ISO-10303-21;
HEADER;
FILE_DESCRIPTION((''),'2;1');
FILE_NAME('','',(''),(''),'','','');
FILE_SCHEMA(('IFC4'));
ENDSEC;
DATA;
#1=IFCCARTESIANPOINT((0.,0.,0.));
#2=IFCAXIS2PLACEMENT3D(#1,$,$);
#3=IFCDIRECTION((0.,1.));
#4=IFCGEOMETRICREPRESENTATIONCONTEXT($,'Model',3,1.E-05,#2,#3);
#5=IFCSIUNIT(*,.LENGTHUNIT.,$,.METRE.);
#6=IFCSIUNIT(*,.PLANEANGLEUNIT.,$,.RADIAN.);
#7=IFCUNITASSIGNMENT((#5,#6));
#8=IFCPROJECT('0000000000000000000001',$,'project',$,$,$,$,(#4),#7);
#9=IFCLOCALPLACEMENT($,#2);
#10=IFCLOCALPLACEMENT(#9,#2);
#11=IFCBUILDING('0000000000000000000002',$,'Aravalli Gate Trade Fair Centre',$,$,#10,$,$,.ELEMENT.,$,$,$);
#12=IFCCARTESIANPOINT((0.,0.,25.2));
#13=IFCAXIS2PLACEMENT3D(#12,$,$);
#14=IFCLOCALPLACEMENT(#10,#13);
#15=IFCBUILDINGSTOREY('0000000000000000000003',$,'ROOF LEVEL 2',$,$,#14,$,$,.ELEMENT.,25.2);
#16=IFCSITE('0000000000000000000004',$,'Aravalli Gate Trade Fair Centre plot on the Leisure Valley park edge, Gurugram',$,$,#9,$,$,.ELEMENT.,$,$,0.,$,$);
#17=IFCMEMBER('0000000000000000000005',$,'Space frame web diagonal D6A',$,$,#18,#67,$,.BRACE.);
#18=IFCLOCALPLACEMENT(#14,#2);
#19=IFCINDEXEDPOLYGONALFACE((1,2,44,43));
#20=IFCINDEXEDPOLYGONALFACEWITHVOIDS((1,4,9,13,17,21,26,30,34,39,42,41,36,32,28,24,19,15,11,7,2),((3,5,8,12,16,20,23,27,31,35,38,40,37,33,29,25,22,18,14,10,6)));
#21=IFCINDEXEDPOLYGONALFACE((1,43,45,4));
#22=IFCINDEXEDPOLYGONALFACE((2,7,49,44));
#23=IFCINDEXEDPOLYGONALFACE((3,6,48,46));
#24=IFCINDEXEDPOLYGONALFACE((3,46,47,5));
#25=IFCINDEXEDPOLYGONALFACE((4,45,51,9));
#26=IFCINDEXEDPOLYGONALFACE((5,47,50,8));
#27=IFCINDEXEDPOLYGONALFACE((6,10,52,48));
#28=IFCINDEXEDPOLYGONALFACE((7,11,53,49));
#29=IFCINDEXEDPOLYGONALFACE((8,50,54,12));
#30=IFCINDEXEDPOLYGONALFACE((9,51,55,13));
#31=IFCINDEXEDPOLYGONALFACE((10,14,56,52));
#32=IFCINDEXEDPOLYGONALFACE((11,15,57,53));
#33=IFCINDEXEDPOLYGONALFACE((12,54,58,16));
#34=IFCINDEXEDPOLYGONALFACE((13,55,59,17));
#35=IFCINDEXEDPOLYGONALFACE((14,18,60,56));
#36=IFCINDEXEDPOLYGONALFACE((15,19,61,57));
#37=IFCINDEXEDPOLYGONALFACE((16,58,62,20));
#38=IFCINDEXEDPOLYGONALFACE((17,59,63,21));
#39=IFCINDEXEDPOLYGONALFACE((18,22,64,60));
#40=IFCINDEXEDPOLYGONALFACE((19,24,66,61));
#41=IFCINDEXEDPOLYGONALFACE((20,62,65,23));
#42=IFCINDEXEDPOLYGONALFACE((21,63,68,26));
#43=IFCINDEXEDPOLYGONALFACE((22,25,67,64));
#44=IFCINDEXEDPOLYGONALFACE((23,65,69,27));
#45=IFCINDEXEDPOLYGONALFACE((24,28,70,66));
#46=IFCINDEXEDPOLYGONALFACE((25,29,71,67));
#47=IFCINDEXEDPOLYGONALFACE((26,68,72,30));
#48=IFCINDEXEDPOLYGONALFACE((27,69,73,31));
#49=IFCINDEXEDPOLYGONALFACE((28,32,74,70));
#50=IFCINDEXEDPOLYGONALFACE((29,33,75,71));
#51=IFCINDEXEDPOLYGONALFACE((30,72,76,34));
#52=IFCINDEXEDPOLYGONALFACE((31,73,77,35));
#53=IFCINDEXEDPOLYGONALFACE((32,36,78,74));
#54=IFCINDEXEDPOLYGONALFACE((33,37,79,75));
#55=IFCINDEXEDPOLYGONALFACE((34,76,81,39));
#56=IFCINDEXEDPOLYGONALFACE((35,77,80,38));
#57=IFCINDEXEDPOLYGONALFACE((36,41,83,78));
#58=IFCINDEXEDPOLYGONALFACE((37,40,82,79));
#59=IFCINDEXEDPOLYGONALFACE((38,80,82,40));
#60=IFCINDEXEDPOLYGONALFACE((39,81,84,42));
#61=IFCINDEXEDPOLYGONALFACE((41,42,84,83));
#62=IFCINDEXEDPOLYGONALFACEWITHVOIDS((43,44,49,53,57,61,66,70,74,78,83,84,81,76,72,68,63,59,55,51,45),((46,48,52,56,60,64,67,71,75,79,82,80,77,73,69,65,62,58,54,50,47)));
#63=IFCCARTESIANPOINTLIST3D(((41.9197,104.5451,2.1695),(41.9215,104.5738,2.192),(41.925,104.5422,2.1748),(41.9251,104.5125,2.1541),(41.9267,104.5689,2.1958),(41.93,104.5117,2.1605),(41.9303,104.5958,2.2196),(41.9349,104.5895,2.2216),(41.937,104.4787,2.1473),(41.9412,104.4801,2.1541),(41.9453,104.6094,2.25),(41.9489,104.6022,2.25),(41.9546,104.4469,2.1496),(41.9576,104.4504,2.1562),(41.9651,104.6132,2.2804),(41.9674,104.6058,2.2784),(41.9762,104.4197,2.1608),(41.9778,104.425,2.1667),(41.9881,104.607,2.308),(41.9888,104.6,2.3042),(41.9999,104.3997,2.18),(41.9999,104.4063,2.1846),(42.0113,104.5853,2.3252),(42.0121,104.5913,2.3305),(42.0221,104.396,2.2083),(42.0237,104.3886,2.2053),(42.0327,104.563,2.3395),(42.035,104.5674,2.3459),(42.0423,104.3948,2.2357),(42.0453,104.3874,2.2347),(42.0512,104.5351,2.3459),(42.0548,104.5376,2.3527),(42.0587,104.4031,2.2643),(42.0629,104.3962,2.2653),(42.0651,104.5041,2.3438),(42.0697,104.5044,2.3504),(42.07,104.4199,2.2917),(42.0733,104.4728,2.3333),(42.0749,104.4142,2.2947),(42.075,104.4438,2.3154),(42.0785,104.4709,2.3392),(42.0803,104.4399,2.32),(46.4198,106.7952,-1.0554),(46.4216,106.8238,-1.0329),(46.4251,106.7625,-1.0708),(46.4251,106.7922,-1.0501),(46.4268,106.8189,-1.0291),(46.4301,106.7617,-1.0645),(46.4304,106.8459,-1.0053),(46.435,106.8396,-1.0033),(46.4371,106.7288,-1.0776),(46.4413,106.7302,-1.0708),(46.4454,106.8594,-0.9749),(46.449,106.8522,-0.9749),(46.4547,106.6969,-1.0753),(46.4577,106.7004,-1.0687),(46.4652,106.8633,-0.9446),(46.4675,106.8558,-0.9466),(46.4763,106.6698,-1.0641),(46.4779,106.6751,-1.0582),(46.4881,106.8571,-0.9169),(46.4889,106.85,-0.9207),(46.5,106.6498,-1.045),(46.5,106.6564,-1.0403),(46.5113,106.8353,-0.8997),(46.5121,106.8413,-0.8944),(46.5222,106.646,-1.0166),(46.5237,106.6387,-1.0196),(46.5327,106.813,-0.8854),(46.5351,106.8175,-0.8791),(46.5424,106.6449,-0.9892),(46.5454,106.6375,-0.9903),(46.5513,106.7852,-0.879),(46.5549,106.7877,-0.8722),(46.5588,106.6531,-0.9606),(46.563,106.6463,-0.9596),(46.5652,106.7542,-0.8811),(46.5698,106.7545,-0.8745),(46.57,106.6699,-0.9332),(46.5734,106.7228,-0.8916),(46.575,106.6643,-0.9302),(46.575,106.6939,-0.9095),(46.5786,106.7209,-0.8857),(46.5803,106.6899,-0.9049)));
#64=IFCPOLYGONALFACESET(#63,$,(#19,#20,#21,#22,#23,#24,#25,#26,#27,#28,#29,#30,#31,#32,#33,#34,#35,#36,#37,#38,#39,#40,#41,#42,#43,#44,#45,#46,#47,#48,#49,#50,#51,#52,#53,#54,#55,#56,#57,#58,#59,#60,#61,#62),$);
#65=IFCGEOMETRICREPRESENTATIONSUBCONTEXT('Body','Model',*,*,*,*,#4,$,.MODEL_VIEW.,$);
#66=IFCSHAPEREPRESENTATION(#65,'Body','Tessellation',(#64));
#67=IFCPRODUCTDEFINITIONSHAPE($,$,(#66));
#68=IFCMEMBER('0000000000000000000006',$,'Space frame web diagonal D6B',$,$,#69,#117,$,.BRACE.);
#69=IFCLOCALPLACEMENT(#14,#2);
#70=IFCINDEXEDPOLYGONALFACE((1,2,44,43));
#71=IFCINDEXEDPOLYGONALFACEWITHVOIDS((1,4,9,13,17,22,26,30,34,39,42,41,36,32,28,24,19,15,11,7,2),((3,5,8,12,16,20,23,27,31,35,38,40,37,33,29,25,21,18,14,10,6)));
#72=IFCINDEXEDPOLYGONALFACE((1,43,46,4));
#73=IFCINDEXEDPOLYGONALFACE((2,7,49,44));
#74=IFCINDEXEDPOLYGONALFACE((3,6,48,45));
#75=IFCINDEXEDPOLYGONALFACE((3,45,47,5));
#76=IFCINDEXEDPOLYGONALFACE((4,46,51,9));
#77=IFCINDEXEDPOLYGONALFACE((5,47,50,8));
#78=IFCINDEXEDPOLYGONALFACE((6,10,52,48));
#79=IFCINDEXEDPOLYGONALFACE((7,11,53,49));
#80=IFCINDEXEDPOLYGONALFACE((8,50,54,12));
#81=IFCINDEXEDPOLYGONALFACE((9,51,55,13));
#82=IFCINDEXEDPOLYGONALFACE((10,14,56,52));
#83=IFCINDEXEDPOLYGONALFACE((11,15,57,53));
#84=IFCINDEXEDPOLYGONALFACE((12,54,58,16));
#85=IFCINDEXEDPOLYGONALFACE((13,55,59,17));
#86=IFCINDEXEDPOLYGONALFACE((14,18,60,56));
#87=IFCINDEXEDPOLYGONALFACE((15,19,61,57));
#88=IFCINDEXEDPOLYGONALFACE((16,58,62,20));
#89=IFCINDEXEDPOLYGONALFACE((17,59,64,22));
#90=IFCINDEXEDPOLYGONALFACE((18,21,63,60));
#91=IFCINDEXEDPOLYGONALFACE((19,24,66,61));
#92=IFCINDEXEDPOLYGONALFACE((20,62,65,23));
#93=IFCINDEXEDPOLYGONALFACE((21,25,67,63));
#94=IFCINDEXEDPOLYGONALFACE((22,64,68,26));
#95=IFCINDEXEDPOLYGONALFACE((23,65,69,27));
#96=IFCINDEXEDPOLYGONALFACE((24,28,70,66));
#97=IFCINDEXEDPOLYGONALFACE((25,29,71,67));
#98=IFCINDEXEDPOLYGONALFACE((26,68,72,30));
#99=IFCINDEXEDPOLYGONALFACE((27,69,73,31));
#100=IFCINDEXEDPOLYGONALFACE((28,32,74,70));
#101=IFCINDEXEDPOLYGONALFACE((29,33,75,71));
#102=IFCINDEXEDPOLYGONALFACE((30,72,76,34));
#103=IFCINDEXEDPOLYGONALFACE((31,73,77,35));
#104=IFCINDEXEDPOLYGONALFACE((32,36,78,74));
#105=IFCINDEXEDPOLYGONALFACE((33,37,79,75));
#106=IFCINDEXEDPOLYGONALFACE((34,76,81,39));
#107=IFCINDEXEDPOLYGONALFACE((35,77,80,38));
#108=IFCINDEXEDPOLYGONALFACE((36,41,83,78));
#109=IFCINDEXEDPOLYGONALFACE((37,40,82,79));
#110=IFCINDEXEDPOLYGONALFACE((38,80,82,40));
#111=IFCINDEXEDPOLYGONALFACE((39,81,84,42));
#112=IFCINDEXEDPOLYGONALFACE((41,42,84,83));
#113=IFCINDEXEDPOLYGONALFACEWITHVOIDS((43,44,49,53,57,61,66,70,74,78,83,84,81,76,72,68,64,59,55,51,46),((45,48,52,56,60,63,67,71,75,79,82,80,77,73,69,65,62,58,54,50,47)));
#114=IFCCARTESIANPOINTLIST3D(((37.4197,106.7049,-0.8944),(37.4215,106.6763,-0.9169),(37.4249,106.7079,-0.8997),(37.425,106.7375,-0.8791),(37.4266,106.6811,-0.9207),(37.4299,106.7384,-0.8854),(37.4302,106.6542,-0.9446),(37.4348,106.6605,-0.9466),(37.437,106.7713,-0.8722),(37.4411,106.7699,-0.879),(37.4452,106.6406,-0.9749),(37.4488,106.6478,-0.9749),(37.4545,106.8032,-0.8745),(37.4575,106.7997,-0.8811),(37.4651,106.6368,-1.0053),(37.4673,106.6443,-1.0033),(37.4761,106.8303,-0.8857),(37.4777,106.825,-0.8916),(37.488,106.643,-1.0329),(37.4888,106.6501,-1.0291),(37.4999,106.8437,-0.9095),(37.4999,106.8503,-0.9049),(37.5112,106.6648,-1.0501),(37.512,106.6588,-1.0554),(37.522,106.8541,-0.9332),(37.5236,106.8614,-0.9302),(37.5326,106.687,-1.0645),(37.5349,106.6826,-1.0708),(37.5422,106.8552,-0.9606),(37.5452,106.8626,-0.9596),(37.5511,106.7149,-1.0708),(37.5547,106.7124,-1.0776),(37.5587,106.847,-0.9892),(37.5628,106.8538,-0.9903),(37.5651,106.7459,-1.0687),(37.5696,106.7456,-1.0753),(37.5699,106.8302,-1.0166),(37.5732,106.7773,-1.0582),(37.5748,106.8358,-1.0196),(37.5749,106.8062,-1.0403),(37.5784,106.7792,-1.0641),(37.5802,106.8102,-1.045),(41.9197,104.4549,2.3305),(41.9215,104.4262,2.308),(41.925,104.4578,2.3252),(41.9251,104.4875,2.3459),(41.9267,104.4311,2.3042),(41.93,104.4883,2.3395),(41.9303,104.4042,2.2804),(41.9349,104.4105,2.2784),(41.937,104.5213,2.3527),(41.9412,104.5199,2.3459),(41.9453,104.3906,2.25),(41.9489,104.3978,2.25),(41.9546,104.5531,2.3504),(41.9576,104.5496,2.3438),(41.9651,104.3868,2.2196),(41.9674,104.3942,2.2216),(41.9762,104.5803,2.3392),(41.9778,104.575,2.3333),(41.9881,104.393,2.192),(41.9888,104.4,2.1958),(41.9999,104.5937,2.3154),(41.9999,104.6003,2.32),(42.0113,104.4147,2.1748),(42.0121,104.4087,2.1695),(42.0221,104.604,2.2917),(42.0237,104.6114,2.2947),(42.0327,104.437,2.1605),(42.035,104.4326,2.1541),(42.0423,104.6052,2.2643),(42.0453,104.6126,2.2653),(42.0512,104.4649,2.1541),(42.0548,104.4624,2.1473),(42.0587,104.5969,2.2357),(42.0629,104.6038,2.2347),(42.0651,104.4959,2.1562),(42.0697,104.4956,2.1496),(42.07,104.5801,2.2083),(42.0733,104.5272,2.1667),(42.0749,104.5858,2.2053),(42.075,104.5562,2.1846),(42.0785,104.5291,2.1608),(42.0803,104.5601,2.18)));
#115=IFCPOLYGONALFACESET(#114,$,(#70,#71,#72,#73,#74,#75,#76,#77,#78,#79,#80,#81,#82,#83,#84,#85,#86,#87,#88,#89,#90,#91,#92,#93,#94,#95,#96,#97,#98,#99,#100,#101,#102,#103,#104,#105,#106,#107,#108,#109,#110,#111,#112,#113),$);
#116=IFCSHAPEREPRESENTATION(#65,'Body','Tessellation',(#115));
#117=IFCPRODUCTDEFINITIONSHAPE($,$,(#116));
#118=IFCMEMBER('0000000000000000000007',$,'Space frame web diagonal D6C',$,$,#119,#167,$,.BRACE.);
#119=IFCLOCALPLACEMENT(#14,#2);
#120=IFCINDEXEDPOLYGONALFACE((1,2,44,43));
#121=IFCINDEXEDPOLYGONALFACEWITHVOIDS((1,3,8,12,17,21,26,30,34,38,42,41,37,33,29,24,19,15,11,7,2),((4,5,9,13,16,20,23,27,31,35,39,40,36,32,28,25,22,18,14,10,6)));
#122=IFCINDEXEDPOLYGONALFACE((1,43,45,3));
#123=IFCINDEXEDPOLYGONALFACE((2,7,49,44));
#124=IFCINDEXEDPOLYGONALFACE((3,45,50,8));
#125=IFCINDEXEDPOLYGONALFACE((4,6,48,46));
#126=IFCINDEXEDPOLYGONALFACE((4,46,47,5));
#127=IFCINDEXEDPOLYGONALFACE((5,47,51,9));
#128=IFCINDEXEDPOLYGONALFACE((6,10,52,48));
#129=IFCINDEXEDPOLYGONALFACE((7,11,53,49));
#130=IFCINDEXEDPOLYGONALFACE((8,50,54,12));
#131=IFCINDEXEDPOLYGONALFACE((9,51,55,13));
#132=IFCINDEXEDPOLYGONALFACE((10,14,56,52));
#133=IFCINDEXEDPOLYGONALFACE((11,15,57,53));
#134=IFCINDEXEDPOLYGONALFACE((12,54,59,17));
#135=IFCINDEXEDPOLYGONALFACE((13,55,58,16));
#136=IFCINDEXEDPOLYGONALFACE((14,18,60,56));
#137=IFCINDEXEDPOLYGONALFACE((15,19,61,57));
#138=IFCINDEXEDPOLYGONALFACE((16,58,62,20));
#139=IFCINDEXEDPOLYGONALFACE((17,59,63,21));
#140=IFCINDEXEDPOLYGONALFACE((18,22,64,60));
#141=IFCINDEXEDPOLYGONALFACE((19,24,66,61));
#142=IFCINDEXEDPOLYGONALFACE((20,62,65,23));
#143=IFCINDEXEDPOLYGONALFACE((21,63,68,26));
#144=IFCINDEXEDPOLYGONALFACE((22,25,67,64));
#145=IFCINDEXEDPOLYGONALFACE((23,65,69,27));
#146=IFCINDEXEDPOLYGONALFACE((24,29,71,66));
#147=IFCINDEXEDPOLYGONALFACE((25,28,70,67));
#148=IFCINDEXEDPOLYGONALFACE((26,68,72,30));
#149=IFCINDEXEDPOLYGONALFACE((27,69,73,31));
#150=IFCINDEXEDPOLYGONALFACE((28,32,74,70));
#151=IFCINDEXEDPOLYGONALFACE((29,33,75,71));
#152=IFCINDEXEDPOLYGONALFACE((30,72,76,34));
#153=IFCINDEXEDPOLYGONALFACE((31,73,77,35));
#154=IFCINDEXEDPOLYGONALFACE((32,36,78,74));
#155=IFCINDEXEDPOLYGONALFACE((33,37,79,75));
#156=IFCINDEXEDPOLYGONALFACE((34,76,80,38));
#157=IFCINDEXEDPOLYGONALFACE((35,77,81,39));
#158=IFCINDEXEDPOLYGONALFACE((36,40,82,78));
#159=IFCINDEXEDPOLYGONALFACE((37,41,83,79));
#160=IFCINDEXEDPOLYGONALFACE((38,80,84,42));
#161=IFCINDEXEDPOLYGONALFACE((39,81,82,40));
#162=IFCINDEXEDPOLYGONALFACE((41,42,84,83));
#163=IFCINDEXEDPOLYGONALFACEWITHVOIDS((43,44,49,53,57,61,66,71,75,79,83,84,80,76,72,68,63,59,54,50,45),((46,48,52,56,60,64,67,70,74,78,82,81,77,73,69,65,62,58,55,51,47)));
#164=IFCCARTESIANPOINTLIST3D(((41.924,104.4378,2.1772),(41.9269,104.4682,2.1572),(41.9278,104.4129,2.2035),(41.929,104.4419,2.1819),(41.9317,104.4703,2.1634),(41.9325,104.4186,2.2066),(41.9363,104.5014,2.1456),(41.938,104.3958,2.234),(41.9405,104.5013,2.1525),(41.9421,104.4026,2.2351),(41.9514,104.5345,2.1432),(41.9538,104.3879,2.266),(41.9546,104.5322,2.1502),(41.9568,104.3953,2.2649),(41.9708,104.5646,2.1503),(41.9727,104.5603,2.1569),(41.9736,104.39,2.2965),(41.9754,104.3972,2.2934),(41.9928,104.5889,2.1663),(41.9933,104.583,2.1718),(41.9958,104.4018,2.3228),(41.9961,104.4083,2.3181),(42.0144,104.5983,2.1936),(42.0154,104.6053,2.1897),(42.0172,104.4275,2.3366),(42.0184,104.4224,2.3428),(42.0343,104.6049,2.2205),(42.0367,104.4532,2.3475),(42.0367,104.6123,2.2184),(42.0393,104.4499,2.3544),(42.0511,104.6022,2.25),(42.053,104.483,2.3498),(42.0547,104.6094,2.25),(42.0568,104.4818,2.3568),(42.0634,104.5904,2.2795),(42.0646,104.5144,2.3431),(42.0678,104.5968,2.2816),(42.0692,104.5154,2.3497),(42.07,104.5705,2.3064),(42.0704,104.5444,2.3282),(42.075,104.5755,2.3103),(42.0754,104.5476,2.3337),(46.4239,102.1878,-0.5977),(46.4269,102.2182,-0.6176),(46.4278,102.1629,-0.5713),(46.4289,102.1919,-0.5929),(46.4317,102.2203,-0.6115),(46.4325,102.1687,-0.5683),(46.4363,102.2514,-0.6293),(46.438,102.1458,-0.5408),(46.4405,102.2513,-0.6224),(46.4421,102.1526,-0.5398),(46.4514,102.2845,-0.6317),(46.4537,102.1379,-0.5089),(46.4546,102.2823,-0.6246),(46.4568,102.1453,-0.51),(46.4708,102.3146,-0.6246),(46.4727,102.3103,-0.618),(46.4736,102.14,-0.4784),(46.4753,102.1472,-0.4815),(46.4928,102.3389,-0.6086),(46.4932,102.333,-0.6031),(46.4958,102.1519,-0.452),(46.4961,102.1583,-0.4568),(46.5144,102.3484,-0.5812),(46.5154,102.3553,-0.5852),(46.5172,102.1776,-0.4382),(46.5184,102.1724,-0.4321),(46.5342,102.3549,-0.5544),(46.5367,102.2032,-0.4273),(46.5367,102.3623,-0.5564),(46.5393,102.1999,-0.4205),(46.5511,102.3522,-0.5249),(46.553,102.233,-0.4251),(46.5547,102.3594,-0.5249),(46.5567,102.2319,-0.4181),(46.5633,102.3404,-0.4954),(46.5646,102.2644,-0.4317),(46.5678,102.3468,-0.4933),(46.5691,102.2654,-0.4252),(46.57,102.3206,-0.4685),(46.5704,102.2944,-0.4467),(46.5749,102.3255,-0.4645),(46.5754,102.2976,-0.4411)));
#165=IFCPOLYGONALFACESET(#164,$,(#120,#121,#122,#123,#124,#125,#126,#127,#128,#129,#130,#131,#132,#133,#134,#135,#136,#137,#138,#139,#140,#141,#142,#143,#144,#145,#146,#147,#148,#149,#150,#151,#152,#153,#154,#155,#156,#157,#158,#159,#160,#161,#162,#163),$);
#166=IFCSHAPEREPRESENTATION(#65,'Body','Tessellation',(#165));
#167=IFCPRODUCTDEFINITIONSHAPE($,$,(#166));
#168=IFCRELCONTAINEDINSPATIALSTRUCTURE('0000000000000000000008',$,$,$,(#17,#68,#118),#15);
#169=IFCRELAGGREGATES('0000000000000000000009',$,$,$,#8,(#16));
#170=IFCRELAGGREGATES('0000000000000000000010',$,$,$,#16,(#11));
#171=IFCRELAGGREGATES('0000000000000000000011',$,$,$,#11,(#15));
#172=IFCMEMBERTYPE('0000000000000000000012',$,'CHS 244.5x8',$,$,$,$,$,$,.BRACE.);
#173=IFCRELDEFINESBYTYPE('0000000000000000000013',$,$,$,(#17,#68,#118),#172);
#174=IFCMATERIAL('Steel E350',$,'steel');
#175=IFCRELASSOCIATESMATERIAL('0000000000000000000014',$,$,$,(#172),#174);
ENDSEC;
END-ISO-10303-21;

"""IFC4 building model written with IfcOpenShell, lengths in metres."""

from ifc_helpers import new_model, si_unit, direction, frame, origin, origin_2d, place, context, subcontext, project, spatial, hollow_circle, extrude, material, material_profile, profile_set, type_object, element, save


model = new_model("IFC4")

# Units and contexts
model_context = context("Model", 3, precision=1e-05, world=origin(), true_north=direction((0.0, 1.0)))
body_context = subcontext(model_context, "Body", "Model", "MODEL_VIEW")
ifc_project = project(units=[si_unit("LENGTHUNIT", "METRE"), si_unit("PLANEANGLEUNIT", "RADIAN")], contexts=[model_context])

# Site, building, storey
site_placement = place(None, origin())
site = spatial("IfcSite", under=ifc_project, at=site_placement, Name="Aravalli Gate Trade Fair Centre plot on the Leisure Valley park edge, Gurugram", CompositionType="ELEMENT", RefElevation=0.0)
building_placement = place(site_placement, origin())
building = spatial("IfcBuilding", under=site, at=building_placement, Name="Aravalli Gate Trade Fair Centre", CompositionType="ELEMENT")
storey_placement = place(building_placement, frame((0.0, 0.0, 25.2)))
storey = spatial("IfcBuildingStorey", under=building, at=storey_placement, Name="ROOF LEVEL 2", CompositionType="ELEMENT", Elevation=25.2)

# Members
ifc_material_1 = material(Name="Steel E350", Category="steel")
ifc_material_profile_1 = material_profile(ifc_material_1, hollow_circle(Radius=0.1223, WallThickness=0.0081, at=origin_2d()), Name="CHS 244.5x8")
ifc_profile_set_1 = profile_set([ifc_material_profile_1], Name="Steel E350")
member_type_1 = type_object("IfcMemberType", Name="CHS 244.5x8", PredefinedType="BRACE", material=ifc_profile_set_1)
for number, where, z_axis, x_axis, name in (
    (1, (42.0, 104.5, 2.25), (0.753016, 0.376508, -0.539637), (-0.447214, 0.894427, 0.0), "Space frame web diagonal D6A"),
    (2, (42.0, 104.5, 2.25), (-0.753016, 0.376508, -0.539637), (-0.447214, -0.894427, 0.0), "Space frame web diagonal D6B"),
):
    element("IfcMember", number, at=place(storey_placement, frame(where, z_axis=z_axis, x_axis=x_axis)), inside=storey, type_object=member_type_1, Name=name, PredefinedType="BRACE", context=body_context, shape_type="SweptSolid", body=[
        extrude(hollow_circle(Radius=0.1223, WallThickness=0.0081, at=origin_2d()), origin(), (0.0, 0.0, 1.0), 5.9761),
    ])
for number, where, z_axis, x_axis, name in (
    (3, (42.0, 104.5, 2.25), (0.7832, -0.3916, -0.482956), (0.447214, 0.894427, 0.0), "Space frame web diagonal D6C"),
):
    element("IfcMember", number, at=place(storey_placement, frame(where, z_axis=z_axis, x_axis=x_axis)), inside=storey, type_object=member_type_1, Name=name, PredefinedType="BRACE", context=body_context, shape_type="SweptSolid", body=[
        extrude(hollow_circle(Radius=0.1223, WallThickness=0.0081, at=origin_2d()), origin(), (0.0, 0.0, 1.0), 5.7456),
    ])

save(model, "model.ifc")
